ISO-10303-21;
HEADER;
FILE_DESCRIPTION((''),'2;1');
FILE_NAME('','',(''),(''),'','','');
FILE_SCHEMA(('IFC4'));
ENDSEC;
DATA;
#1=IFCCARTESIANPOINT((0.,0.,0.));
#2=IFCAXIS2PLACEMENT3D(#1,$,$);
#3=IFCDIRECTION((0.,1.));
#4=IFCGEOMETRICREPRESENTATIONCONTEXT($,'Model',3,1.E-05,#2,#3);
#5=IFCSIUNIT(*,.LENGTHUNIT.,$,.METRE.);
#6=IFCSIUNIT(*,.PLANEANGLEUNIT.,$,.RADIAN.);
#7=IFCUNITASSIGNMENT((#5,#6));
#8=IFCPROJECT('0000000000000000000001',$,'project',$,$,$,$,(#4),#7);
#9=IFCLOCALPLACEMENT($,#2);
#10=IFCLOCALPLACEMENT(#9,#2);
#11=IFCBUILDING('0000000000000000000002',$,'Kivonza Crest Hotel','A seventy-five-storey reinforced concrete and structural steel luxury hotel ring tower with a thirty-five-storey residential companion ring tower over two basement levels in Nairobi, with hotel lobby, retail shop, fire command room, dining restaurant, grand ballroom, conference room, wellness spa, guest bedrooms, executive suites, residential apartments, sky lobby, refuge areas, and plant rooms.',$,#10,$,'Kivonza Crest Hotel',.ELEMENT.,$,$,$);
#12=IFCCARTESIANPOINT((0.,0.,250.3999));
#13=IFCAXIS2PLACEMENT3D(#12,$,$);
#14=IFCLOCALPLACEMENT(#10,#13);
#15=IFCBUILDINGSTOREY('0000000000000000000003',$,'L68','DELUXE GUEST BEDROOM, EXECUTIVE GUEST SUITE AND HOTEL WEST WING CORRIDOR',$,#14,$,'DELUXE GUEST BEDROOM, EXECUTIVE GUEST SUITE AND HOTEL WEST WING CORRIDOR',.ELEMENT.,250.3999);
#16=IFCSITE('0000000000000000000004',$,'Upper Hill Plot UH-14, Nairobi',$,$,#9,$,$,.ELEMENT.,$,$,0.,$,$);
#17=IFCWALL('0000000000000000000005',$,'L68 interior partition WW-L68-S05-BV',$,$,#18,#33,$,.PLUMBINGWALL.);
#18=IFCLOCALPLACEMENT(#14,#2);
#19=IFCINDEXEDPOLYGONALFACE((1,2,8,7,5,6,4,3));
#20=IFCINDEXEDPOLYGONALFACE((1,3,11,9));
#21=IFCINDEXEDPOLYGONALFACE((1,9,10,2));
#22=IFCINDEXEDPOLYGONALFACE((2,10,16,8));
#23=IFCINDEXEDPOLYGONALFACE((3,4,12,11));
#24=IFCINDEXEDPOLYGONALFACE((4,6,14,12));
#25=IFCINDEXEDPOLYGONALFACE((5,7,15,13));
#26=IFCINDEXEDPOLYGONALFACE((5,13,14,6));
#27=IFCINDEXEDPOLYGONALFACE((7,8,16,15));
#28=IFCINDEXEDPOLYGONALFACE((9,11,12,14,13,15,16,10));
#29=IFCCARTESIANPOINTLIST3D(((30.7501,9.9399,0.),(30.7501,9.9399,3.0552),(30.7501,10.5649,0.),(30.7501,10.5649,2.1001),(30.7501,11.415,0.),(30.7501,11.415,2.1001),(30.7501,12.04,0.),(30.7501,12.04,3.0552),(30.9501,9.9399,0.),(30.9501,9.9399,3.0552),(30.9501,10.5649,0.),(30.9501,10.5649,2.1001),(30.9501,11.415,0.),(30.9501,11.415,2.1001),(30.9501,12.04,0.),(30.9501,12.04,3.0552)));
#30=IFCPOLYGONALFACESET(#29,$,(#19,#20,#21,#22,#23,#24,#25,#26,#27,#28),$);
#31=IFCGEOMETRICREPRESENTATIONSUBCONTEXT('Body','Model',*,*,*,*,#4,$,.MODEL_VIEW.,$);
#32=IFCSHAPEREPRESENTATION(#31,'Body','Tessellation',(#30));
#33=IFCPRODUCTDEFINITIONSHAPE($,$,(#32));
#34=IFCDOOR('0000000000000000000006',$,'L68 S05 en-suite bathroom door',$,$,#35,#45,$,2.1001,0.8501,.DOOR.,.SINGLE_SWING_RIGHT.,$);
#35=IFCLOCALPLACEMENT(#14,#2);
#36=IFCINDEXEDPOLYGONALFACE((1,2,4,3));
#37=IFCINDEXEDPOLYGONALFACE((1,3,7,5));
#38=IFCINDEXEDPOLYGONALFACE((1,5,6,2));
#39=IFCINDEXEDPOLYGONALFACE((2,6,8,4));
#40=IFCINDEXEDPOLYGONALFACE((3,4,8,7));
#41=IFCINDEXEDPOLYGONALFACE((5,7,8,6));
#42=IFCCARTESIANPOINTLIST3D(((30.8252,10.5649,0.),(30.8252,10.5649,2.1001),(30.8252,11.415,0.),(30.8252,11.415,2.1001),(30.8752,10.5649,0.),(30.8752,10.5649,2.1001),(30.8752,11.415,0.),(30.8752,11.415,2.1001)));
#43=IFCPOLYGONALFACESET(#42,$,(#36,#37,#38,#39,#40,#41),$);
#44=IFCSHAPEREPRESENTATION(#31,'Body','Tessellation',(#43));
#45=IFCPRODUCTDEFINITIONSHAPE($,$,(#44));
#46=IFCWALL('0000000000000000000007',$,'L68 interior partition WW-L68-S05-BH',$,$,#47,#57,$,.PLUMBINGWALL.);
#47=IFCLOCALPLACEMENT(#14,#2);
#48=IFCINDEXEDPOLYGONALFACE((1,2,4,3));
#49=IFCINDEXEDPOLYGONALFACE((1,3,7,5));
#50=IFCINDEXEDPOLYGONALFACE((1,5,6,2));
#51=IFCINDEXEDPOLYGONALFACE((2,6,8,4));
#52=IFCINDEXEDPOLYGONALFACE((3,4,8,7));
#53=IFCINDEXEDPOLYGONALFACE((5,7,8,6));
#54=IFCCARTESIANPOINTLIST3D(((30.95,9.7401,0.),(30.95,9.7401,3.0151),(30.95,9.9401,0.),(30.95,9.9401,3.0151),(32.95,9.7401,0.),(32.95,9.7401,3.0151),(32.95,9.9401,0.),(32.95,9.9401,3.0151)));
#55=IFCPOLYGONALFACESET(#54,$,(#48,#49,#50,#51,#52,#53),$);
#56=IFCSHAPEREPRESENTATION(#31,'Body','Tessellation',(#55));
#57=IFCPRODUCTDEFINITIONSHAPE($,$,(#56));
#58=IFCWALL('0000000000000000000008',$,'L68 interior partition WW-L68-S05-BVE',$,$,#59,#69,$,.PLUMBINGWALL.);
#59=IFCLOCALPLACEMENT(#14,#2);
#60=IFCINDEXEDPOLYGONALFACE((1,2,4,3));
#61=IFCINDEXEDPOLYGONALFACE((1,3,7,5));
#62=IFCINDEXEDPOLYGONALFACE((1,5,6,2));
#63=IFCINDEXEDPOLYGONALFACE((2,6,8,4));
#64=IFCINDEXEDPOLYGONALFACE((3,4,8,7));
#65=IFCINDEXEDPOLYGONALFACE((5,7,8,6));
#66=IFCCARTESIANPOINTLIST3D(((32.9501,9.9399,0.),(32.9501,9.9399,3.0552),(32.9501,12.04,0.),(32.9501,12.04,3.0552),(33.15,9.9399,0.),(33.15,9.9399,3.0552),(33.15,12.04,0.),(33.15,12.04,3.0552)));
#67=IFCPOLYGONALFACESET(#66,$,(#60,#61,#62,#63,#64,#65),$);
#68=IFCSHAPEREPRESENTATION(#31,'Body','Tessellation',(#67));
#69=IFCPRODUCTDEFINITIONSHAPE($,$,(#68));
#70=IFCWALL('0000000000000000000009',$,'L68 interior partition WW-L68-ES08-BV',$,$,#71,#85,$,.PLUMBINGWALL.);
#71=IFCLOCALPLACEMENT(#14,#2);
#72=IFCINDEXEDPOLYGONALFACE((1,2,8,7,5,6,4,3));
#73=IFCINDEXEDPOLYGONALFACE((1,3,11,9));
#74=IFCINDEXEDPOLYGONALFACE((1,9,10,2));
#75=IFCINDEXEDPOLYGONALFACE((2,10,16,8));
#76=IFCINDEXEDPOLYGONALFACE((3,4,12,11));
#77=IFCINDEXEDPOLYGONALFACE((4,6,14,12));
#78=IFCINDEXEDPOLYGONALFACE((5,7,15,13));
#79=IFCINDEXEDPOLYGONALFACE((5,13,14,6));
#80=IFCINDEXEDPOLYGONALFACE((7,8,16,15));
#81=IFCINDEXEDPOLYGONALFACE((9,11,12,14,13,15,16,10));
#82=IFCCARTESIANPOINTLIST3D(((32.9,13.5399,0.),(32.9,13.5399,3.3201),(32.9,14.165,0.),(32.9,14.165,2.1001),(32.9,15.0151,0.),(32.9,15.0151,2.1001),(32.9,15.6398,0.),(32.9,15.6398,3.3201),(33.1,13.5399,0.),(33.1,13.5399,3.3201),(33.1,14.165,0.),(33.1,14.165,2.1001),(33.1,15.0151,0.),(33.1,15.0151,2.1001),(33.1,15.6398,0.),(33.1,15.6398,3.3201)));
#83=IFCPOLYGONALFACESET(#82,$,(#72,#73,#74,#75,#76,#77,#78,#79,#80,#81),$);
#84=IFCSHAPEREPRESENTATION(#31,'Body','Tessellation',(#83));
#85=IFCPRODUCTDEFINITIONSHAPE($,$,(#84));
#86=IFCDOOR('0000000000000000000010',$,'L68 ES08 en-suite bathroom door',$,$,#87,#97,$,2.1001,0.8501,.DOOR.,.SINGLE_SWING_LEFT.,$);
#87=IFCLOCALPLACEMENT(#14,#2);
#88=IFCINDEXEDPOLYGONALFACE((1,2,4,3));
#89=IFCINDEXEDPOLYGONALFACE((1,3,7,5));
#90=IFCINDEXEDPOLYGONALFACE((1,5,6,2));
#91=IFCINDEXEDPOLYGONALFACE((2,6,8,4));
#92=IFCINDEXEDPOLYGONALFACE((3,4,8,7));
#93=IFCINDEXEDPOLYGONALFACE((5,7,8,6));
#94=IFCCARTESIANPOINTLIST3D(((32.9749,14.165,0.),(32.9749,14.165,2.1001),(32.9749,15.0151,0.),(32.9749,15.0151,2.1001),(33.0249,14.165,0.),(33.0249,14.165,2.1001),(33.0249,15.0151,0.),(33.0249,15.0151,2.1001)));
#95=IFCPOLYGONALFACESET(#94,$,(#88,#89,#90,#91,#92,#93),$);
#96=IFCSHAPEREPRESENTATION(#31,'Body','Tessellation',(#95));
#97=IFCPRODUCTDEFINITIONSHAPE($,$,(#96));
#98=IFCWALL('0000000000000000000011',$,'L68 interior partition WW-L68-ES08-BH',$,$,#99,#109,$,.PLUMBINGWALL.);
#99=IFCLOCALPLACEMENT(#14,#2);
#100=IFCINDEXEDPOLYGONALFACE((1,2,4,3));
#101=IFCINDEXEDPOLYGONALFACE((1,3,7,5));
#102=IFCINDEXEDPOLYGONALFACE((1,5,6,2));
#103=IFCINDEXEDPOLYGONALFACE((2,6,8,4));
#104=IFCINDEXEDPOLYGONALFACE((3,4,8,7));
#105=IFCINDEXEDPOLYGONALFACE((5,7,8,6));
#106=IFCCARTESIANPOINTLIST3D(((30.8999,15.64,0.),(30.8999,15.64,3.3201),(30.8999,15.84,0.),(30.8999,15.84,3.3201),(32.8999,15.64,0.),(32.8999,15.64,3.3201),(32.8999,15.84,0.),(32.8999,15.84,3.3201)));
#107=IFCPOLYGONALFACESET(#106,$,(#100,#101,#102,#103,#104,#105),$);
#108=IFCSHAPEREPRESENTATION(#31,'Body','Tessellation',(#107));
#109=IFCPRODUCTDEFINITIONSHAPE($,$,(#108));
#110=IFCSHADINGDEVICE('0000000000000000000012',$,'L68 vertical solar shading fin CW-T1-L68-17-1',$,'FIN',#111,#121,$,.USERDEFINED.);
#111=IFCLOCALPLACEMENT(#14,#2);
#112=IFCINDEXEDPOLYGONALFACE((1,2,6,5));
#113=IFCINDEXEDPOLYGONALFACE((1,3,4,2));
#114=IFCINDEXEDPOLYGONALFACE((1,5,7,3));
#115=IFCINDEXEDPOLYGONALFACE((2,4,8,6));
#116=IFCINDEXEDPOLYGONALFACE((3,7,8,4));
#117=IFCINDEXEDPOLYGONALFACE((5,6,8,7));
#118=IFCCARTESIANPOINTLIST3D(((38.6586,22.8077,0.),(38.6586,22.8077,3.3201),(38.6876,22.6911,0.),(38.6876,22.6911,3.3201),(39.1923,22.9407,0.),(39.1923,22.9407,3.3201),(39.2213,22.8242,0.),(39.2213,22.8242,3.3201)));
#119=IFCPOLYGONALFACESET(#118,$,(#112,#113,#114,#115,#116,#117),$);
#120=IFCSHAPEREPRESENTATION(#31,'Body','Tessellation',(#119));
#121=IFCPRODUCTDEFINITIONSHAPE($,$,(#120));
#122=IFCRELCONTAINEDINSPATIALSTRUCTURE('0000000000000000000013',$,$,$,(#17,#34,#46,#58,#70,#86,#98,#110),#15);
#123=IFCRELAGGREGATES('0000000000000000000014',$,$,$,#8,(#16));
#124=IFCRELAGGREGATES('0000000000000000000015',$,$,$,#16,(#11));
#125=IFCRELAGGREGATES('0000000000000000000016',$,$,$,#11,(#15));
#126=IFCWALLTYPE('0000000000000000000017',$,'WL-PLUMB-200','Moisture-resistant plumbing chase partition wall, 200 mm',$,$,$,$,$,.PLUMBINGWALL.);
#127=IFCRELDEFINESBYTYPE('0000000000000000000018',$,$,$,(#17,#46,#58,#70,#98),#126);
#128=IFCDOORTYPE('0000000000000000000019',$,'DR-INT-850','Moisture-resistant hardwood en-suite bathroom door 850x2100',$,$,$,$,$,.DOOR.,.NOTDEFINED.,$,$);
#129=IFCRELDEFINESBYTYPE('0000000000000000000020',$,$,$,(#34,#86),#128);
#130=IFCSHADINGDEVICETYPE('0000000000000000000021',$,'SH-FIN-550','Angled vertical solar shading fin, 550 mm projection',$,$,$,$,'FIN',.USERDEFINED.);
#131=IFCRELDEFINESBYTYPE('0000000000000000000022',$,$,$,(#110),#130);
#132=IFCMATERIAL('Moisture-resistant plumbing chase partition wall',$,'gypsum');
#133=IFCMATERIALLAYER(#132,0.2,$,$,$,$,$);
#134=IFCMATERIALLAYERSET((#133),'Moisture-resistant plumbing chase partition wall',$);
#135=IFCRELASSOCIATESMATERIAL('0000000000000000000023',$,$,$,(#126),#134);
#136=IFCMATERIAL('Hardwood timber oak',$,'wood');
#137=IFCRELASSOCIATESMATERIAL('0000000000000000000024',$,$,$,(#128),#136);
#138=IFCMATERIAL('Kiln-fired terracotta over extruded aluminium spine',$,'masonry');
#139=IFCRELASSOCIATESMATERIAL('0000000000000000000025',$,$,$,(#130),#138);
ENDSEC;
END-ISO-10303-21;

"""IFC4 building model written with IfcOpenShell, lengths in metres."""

from ifc_helpers import new_model, si_unit, direction, frame, frame_2d, origin, origin_2d, place, context, subcontext, project, spatial, rectangle, extrude, material, layer, layer_set, type_object, element, fill, save


model = new_model("IFC4")

# Units and contexts
model_context = context("Model", 3, precision=1e-05, world=origin(), true_north=direction((0.0, 1.0)))
body_context = subcontext(model_context, "Body", "Model", "MODEL_VIEW")
ifc_project = project(units=[si_unit("LENGTHUNIT", "METRE"), si_unit("PLANEANGLEUNIT", "RADIAN")], contexts=[model_context])

# Site, building, storey
site_placement = place(None, origin())
site = spatial("IfcSite", under=ifc_project, at=site_placement, Name="Upper Hill Plot UH-14, Nairobi", CompositionType="ELEMENT", RefElevation=0.0)
building_placement = place(site_placement, origin())
building = spatial("IfcBuilding", under=site, at=building_placement, Name="Kivonza Crest Hotel", Description="A seventy-five-storey reinforced concrete and structural steel luxury hotel ring tower with a thirty-five-storey residential companion ring tower over two basement levels in Nairobi, with hotel lobby, retail shop, fire command room, dining restaurant, grand ballroom, conference room, wellness spa, guest bedrooms, executive suites, residential apartments, sky lobby, refuge areas, and plant rooms.", LongName="Kivonza Crest Hotel", CompositionType="ELEMENT")
storey_placement = place(building_placement, frame((0.0, 0.0, 250.3999)))
storey = spatial("IfcBuildingStorey", under=building, at=storey_placement, Name="L68", Description="DELUXE GUEST BEDROOM, EXECUTIVE GUEST SUITE AND HOTEL WEST WING CORRIDOR", LongName="DELUXE GUEST BEDROOM, EXECUTIVE GUEST SUITE AND HOTEL WEST WING CORRIDOR", CompositionType="ELEMENT", Elevation=250.3999)

# Shared definitions
ifc_material_1 = material(Name="Hardwood timber oak", Category="wood")

# Wall, opening, door
ifc_material_2 = material(Name="Moisture-resistant plumbing chase partition wall", Category="gypsum")
ifc_layer_1 = layer(ifc_material_2, 0.2)
ifc_layer_set_1 = layer_set([ifc_layer_1], Name="Moisture-resistant plumbing chase partition wall")
wall_type_1 = type_object("IfcWallType", Name="WL-PLUMB-200", Description="Moisture-resistant plumbing chase partition wall, 200 mm", PredefinedType="PLUMBINGWALL", material=ifc_layer_set_1)
wall_1_placement = place(storey_placement, frame((30.8501, 9.9399, 0.0), z_axis=(0.0, 0.0, 1.0), x_axis=(0.0, 1.0, 0.0)))
wall_1 = element("IfcWall", 1, at=wall_1_placement, inside=storey, type_object=wall_type_1, Name="L68 interior partition WW-L68-S05-BV", PredefinedType="PLUMBINGWALL", context=body_context, shape_type="SweptSolid", body=[
    extrude(rectangle(XDim=2.1001, YDim=0.2, at=frame_2d((1.05, 0.0))), origin(), (0.0, 0.0, 1.0), 3.0552),
])
opening_1_placement = place(wall_1_placement, frame((0.625, 0.0, 0.0)))
opening_1 = element("IfcOpeningElement", 2, at=opening_1_placement, cuts=wall_1, PredefinedType="OPENING", context=body_context, shape_type="SweptSolid", body=[
    extrude(rectangle(XDim=0.8501, YDim=2.1001, at=frame_2d((0.425, 1.05))), frame((0.0, 0.1099, 0.0), z_axis=(0.0, -1.0, 0.0), x_axis=(1.0, 0.0, 0.0)), (0.0, 0.0, 1.0), 0.22),
])
door_type_1 = type_object("IfcDoorType", Name="DR-INT-850", Description="Moisture-resistant hardwood en-suite bathroom door 850x2100", OperationType="NOTDEFINED", PredefinedType="DOOR", material=ifc_material_1)
door_1_placement = place(opening_1_placement, origin())
door_1 = element("IfcDoor", 3, at=door_1_placement, inside=storey, type_object=door_type_1, Name="L68 S05 en-suite bathroom door", OperationType="SINGLE_SWING_RIGHT", OverallHeight=2.1001, OverallWidth=0.8501, PredefinedType="DOOR", context=body_context, shape_type="SweptSolid", body=[
    extrude(rectangle(XDim=0.8501, YDim=2.1001, at=frame_2d((0.425, 1.05))), frame((0.0, 0.0249, 0.0), z_axis=(0.0, -1.0, 0.0), x_axis=(1.0, 0.0, 0.0)), (0.0, 0.0, 1.0), 0.05),
])
fill(opening_1, door_1)

# Walls
wall_2_placement = place(storey_placement, frame((30.95, 9.8401, 0.0), z_axis=(0.0, 0.0, 1.0), x_axis=(1.0, 0.0, 0.0)))
element("IfcWall", 4, at=wall_2_placement, inside=storey, type_object=wall_type_1, Name="L68 interior partition WW-L68-S05-BH", PredefinedType="PLUMBINGWALL", context=body_context, shape_type="SweptSolid", body=[
    extrude(rectangle(XDim=2.0, YDim=0.2, at=frame_2d((1.0, 0.0))), origin(), (0.0, 0.0, 1.0), 3.0151),
])
wall_3_placement = place(storey_placement, frame((33.05, 9.9399, 0.0), z_axis=(0.0, 0.0, 1.0), x_axis=(0.0, 1.0, 0.0)))
element("IfcWall", 5, at=wall_3_placement, inside=storey, type_object=wall_type_1, Name="L68 interior partition WW-L68-S05-BVE", PredefinedType="PLUMBINGWALL", context=body_context, shape_type="SweptSolid", body=[
    extrude(rectangle(XDim=2.1001, YDim=0.2, at=frame_2d((1.05, 0.0))), origin(), (0.0, 0.0, 1.0), 3.0552),
])

# Wall, opening, door
wall_4_placement = place(storey_placement, frame((33.0, 13.54, 0.0), z_axis=(0.0, 0.0, 1.0), x_axis=(0.0, 1.0, 0.0)))
wall_4 = element("IfcWall", 6, at=wall_4_placement, inside=storey, type_object=wall_type_1, Name="L68 interior partition WW-L68-ES08-BV", PredefinedType="PLUMBINGWALL", context=body_context, shape_type="SweptSolid", body=[
    extrude(rectangle(XDim=2.0999, YDim=0.2, at=frame_2d((1.0498, 0.0))), origin(), (0.0, 0.0, 1.0), 3.3201),
])
opening_2_placement = place(wall_4_placement, frame((0.625, 0.0, 0.0)))
opening_2 = element("IfcOpeningElement", 7, at=opening_2_placement, cuts=wall_4, PredefinedType="OPENING", context=body_context, shape_type="SweptSolid", body=[
    extrude(rectangle(XDim=0.8501, YDim=2.1001, at=frame_2d((0.425, 1.05))), frame((0.0, 0.1099, 0.0), z_axis=(0.0, -1.0, 0.0), x_axis=(1.0, 0.0, 0.0)), (0.0, 0.0, 1.0), 0.22),
])
door_2_placement = place(opening_2_placement, frame((0.8501, 0.0, 0.0), z_axis=(0.0, 0.0, 1.0), x_axis=(-1.0, 0.0, 0.0)))
door_2 = element("IfcDoor", 8, at=door_2_placement, inside=storey, type_object=door_type_1, Name="L68 ES08 en-suite bathroom door", OperationType="SINGLE_SWING_LEFT", OverallHeight=2.1001, OverallWidth=0.8501, PredefinedType="DOOR", context=body_context, shape_type="SweptSolid", body=[
    extrude(rectangle(XDim=0.8501, YDim=2.1001, at=frame_2d((0.425, 1.05))), frame((0.0, 0.0249, 0.0), z_axis=(0.0, -1.0, 0.0), x_axis=(1.0, 0.0, 0.0)), (0.0, 0.0, 1.0), 0.05),
])
fill(opening_2, door_2)

# Wall
wall_5_placement = place(storey_placement, frame((30.8999, 15.74, 0.0), z_axis=(0.0, 0.0, 1.0), x_axis=(1.0, 0.0, 0.0)))
element("IfcWall", 9, at=wall_5_placement, inside=storey, type_object=wall_type_1, Name="L68 interior partition WW-L68-ES08-BH", PredefinedType="PLUMBINGWALL", context=body_context, shape_type="SweptSolid", body=[
    extrude(rectangle(XDim=2.0, YDim=0.2, at=frame_2d((1.0, 0.0))), origin(), (0.0, 0.0, 1.0), 3.3201),
])

# Shading device
ifc_material_3 = material(Name="Kiln-fired terracotta over extruded aluminium spine", Category="masonry")
shading_device_type = type_object("IfcShadingDeviceType", Name="SH-FIN-550", Description="Angled vertical solar shading fin, 550 mm projection", ElementType="FIN", PredefinedType="USERDEFINED", material=ifc_material_3)
shading_device_placement = place(storey_placement, frame((38.9399, 22.8159, 0.0), z_axis=(0.0, 0.0, 1.0), x_axis=(-0.241922, 0.970296, 0.0)))
element("IfcShadingDevice", 10, at=shading_device_placement, inside=storey, type_object=shading_device_type, Name="L68 vertical solar shading fin CW-T1-L68-17-1", ObjectType="FIN", PredefinedType="USERDEFINED", context=body_context, shape_type="SweptSolid", body=[
    extrude(rectangle(XDim=0.1201, YDim=0.55, at=origin_2d()), origin(), (0.0, 0.0, 1.0), 3.3201),
])

save(model, "model.ifc")
